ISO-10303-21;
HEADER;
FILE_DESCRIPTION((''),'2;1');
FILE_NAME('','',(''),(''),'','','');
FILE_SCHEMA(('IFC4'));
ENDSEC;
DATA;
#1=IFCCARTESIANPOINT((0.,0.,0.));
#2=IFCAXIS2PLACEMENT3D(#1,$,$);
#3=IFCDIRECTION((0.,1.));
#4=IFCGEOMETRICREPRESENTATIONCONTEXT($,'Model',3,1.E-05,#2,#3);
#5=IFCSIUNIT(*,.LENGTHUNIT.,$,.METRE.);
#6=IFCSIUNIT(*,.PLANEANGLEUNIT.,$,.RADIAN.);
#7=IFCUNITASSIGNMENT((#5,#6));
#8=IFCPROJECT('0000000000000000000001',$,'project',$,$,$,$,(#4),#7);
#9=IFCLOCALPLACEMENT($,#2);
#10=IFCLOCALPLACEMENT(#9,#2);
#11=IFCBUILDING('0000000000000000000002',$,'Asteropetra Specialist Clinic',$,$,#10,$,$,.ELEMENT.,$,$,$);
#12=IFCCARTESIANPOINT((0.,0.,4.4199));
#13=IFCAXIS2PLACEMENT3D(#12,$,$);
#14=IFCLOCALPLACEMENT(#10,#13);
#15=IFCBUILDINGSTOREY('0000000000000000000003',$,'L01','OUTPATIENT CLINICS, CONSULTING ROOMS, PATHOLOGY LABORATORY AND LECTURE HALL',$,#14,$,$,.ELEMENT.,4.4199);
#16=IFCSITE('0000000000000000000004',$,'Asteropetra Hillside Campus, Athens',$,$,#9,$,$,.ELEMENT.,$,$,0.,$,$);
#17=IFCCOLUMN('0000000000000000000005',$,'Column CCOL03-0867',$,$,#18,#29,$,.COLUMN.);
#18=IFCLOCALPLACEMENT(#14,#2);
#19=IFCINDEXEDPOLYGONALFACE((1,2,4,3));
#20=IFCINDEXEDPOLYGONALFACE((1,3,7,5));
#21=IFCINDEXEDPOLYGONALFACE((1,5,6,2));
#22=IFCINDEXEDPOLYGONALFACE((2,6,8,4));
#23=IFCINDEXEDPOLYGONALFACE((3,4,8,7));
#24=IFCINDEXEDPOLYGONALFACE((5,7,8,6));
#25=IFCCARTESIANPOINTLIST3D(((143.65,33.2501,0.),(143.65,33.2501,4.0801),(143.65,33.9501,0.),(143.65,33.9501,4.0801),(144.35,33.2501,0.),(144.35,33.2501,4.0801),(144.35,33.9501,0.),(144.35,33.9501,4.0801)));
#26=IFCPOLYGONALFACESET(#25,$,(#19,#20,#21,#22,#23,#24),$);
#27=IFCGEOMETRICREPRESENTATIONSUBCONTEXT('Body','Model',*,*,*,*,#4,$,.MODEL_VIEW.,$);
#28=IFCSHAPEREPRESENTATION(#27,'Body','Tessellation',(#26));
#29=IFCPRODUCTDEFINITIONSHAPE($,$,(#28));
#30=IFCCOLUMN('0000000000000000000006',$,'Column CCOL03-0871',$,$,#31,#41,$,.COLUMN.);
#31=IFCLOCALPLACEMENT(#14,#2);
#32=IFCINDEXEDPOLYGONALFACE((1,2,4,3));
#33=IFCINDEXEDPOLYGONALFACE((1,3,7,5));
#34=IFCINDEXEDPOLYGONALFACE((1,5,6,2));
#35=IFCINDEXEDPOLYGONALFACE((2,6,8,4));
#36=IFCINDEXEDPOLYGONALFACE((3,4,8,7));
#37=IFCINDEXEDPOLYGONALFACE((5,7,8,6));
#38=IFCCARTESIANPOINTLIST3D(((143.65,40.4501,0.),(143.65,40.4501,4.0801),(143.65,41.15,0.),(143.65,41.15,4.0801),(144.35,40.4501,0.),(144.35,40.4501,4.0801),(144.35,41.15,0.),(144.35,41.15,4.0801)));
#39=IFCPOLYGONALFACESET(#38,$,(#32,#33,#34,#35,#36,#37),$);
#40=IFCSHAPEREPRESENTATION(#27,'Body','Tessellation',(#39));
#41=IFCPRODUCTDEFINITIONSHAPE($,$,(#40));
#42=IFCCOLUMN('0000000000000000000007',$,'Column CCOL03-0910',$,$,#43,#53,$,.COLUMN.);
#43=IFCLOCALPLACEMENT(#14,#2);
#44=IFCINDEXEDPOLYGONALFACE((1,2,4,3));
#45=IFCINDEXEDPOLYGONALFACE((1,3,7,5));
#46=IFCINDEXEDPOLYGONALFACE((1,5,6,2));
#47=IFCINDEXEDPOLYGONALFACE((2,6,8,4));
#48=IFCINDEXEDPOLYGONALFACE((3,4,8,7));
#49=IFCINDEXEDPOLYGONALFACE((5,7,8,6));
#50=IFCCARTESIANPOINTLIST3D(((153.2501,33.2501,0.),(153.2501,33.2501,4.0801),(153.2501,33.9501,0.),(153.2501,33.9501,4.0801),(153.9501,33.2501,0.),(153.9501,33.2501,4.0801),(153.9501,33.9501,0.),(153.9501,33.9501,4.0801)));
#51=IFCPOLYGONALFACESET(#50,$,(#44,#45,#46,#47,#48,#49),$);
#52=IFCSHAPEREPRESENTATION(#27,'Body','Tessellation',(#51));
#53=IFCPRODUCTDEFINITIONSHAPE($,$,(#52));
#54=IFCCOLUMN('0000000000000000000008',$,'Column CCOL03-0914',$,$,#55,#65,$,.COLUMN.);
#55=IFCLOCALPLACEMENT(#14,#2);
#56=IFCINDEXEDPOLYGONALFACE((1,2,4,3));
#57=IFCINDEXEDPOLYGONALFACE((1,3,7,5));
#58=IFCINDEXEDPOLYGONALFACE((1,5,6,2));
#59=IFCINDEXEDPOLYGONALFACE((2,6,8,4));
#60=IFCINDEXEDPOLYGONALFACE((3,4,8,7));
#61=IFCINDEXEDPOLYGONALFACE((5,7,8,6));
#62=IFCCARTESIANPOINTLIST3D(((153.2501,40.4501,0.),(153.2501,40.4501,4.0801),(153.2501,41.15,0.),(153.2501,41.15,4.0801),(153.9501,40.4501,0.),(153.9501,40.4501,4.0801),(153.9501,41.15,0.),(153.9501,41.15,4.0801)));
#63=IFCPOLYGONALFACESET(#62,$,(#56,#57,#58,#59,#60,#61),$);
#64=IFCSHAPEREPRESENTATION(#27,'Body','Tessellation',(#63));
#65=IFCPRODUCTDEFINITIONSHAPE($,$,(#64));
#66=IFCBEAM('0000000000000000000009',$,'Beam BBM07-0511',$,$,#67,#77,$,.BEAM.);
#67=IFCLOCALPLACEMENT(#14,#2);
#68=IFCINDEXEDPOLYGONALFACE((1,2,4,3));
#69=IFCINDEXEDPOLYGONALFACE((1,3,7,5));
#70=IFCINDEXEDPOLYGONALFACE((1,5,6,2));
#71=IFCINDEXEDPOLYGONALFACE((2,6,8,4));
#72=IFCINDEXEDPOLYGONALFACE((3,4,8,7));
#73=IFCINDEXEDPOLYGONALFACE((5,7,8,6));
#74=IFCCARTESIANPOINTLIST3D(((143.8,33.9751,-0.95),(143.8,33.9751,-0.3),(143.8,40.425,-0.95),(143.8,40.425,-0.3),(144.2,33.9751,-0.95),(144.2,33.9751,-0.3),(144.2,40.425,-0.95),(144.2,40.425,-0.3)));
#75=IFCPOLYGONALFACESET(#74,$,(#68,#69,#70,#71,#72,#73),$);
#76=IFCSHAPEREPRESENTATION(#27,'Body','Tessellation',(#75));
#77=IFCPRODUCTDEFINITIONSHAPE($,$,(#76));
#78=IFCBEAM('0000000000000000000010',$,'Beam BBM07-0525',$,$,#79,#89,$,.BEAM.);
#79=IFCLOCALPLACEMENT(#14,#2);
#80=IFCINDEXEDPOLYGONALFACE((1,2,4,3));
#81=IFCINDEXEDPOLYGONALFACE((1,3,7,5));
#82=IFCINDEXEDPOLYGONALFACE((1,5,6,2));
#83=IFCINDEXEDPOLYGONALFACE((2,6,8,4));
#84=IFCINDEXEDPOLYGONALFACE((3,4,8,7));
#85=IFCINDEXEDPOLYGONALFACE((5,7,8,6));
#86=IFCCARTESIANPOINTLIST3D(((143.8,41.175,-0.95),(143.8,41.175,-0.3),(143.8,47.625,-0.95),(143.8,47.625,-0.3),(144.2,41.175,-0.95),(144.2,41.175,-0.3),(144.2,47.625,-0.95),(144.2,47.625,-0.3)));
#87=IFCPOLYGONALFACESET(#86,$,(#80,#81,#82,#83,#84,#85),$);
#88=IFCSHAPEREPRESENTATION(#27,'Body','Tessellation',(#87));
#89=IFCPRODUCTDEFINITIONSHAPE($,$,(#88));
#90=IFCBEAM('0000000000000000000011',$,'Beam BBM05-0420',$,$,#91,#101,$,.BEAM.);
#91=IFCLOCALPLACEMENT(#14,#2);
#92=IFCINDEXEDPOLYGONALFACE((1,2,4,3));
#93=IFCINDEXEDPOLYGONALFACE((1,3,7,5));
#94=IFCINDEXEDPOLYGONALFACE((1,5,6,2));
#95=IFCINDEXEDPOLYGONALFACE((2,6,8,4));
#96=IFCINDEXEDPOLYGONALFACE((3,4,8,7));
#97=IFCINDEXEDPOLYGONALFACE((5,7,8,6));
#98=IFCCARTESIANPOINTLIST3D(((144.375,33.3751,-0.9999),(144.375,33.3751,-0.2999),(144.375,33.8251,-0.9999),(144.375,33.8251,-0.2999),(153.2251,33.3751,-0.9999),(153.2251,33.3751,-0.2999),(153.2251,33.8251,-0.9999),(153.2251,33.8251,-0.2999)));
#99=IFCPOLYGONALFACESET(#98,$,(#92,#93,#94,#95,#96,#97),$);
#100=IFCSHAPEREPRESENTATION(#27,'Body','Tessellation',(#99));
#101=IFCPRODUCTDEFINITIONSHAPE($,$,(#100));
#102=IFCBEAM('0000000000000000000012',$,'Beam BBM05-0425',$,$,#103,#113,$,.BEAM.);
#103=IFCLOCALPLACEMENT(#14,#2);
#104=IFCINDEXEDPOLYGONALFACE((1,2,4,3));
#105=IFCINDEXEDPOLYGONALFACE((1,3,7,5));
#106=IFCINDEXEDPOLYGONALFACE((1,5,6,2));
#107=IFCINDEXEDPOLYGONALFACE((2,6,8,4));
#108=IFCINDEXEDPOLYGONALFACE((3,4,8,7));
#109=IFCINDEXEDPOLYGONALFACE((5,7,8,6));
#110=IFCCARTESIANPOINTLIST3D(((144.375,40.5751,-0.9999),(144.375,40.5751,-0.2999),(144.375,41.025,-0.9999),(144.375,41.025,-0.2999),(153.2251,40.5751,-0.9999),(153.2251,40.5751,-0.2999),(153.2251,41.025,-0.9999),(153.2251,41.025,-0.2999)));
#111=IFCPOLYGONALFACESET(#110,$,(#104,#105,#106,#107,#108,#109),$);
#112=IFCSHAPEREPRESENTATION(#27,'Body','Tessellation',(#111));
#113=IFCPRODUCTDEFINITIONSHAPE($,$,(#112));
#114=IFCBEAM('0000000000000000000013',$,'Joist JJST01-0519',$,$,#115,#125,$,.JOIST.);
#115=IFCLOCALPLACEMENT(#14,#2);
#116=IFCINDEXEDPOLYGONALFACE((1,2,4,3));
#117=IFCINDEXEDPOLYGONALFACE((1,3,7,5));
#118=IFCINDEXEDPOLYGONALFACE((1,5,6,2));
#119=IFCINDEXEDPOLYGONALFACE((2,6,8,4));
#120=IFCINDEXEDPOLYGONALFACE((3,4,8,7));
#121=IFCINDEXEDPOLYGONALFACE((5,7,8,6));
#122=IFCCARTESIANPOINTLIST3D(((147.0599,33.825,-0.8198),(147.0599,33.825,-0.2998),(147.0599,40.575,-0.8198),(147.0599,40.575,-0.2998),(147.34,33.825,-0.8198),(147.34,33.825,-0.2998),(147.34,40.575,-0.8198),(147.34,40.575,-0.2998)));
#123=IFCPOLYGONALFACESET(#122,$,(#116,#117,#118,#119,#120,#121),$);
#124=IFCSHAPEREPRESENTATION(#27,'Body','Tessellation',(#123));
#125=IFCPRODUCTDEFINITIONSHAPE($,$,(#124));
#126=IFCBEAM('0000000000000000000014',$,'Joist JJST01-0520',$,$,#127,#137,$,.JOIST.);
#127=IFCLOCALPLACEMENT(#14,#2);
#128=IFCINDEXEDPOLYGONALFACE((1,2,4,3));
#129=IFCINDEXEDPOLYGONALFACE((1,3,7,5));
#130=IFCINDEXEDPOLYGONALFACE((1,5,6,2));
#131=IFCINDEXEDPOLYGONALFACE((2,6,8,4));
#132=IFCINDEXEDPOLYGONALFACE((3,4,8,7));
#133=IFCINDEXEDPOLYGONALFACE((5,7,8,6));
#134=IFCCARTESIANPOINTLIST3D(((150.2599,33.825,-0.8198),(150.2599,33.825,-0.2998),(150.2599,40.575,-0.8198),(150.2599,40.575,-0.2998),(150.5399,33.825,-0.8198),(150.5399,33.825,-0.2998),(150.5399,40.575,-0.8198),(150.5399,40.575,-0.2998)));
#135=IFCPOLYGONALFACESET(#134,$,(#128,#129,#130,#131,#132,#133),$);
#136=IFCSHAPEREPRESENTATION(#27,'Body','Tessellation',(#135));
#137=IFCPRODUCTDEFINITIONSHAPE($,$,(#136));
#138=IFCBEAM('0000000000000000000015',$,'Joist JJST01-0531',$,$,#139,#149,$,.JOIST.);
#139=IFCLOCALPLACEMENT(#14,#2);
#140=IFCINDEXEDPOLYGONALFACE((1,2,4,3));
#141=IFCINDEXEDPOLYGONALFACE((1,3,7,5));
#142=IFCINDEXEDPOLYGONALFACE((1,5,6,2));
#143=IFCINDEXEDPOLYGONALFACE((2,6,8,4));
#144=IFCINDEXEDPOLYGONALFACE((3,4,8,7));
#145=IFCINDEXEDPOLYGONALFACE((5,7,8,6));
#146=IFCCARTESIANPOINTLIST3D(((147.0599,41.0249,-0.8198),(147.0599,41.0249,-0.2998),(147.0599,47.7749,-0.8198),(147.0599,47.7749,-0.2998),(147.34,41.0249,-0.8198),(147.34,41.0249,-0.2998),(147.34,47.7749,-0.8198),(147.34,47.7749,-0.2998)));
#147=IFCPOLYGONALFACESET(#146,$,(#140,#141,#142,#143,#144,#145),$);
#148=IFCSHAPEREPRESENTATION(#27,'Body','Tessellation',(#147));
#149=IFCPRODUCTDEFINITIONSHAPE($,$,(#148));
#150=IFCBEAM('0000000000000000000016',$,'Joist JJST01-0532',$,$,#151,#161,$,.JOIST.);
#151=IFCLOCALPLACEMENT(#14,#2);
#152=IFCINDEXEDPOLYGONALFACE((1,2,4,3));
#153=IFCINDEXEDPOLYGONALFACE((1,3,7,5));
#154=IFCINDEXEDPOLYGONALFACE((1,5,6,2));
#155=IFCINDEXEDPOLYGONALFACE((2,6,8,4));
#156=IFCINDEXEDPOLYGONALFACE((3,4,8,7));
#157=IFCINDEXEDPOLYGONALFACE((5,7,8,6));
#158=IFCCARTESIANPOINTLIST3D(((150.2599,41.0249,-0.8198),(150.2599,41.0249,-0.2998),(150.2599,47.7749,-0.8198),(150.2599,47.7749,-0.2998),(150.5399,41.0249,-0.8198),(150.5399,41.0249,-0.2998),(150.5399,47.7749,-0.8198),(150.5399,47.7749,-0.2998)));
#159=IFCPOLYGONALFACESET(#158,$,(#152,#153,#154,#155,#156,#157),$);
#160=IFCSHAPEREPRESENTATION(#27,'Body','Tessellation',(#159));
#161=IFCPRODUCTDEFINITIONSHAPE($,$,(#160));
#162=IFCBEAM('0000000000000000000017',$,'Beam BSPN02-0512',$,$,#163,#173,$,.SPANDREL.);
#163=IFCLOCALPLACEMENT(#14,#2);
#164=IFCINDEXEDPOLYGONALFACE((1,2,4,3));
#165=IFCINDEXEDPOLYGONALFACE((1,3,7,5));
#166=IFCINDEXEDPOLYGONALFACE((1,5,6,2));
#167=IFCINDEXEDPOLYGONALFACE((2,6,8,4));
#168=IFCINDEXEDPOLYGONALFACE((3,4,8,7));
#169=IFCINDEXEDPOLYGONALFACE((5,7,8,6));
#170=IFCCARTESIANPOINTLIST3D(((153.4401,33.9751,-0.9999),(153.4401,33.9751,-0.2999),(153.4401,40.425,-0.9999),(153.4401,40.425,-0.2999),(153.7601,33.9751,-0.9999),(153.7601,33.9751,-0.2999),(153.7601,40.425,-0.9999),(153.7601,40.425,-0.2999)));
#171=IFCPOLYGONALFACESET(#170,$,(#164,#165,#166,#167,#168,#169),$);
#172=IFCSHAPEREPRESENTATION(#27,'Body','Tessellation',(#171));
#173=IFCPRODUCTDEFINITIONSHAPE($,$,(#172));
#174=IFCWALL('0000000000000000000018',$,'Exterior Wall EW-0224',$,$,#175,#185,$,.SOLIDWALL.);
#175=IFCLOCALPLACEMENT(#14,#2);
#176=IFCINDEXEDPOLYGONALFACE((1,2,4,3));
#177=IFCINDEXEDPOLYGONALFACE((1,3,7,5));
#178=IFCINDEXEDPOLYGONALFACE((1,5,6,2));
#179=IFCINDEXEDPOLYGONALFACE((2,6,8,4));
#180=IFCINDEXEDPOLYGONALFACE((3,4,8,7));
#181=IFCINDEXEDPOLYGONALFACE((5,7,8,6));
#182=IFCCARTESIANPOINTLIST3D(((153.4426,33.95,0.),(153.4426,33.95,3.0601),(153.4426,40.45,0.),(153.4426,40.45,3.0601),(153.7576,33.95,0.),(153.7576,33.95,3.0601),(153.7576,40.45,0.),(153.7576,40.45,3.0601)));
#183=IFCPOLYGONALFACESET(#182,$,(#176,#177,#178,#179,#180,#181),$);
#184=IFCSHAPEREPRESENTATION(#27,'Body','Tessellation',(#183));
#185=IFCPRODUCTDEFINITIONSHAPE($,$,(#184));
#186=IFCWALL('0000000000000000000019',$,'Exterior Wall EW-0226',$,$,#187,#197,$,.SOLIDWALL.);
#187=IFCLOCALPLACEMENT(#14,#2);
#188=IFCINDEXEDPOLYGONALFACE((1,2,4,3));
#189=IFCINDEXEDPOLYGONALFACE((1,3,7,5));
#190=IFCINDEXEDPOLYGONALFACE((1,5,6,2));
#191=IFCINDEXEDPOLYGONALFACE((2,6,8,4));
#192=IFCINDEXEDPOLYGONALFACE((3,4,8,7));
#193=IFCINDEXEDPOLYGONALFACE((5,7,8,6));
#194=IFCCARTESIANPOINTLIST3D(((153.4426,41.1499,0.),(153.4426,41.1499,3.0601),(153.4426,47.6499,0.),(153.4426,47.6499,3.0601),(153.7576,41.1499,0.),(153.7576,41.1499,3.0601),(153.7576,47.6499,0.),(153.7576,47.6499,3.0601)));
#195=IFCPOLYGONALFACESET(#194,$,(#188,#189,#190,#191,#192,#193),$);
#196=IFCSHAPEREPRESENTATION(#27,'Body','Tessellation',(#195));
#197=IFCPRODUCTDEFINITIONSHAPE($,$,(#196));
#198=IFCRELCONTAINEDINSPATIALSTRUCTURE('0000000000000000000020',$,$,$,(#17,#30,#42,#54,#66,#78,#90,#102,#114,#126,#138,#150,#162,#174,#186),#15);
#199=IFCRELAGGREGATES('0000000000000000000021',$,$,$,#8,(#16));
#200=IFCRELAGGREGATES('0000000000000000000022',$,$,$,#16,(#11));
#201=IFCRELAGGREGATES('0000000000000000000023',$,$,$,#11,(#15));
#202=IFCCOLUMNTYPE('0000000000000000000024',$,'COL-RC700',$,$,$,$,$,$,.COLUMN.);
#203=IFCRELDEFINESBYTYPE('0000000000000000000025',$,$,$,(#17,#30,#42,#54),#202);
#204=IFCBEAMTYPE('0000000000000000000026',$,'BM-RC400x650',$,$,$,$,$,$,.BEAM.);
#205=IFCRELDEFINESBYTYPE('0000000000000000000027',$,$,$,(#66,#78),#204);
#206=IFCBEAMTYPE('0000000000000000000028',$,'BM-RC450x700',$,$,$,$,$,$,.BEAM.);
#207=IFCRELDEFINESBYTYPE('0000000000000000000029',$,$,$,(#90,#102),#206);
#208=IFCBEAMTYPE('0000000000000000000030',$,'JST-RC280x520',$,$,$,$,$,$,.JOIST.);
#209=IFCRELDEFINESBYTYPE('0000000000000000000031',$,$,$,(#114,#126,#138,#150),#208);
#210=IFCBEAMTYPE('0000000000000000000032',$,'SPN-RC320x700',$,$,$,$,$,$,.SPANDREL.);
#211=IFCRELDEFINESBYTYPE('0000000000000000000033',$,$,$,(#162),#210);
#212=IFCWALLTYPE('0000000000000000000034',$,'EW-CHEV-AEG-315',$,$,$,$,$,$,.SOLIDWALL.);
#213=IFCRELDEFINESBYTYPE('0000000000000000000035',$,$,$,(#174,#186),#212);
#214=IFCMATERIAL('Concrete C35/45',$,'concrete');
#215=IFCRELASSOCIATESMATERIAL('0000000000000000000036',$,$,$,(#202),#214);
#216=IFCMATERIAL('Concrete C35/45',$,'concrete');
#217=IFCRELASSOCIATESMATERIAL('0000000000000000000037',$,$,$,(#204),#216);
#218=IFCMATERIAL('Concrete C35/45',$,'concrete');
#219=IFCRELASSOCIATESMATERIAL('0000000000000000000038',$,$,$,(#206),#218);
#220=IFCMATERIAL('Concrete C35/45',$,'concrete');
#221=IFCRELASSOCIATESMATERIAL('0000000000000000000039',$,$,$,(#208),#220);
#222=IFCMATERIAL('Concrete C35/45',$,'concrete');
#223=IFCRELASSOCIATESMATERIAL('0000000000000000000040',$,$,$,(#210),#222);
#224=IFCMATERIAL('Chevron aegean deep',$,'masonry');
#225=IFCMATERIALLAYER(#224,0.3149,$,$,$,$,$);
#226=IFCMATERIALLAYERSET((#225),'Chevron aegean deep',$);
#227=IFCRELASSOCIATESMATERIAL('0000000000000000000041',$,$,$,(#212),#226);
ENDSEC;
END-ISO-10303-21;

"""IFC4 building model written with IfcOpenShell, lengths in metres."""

from ifc_helpers import new_model, si_unit, direction, frame, frame_2d, origin, origin_2d, place, context, subcontext, project, spatial, rectangle, extrude, material, layer, layer_set, material_profile, profile_set, type_object, element, save


model = new_model("IFC4")

# Units and contexts
model_context = context("Model", 3, precision=1e-05, world=origin(), true_north=direction((0.0, 1.0)))
body_context = subcontext(model_context, "Body", "Model", "MODEL_VIEW")
ifc_project = project(units=[si_unit("LENGTHUNIT", "METRE"), si_unit("PLANEANGLEUNIT", "RADIAN")], contexts=[model_context])

# Site, building, storey
site_placement = place(None, origin())
site = spatial("IfcSite", under=ifc_project, at=site_placement, Name="Asteropetra Hillside Campus, Athens", CompositionType="ELEMENT", RefElevation=0.0)
building_placement = place(site_placement, origin())
building = spatial("IfcBuilding", under=site, at=building_placement, Name="Asteropetra Specialist Clinic", CompositionType="ELEMENT")
storey_placement = place(building_placement, frame((0.0, 0.0, 4.4199)))
storey = spatial("IfcBuildingStorey", under=building, at=storey_placement, Name="L01", Description="OUTPATIENT CLINICS, CONSULTING ROOMS, PATHOLOGY LABORATORY AND LECTURE HALL", CompositionType="ELEMENT", Elevation=4.4199)

# Columns
ifc_material_1 = material(Name="Concrete C35/45", Category="concrete")
ifc_material_profile_1 = material_profile(ifc_material_1, rectangle(XDim=0.7, YDim=0.7, at=origin_2d()), Name="RC 700x700")
ifc_profile_set_1 = profile_set([ifc_material_profile_1], Name="Concrete C35/45")
column_type = type_object("IfcColumnType", Name="COL-RC700", PredefinedType="COLUMN", material=ifc_profile_set_1)
for number, where, z_axis, x_axis, name in (
    (1, (144.0, 33.6001, 0.0), (0.0, 0.0, 1.0), (1.0, 0.0, 0.0), "Column CCOL03-0867"),
    (2, (144.0, 40.8, 0.0), (0.0, 0.0, 1.0), (1.0, 0.0, 0.0), "Column CCOL03-0871"),
    (3, (153.6001, 33.6001, 0.0), (0.0, 0.0, 1.0), (1.0, 0.0, 0.0), "Column CCOL03-0910"),
    (4, (153.6001, 40.8, 0.0), (0.0, 0.0, 1.0), (1.0, 0.0, 0.0), "Column CCOL03-0914"),
):
    element("IfcColumn", number, at=place(storey_placement, frame(where, z_axis=z_axis, x_axis=x_axis)), inside=storey, type_object=column_type, Name=name, PredefinedType="COLUMN", context=body_context, shape_type="SweptSolid", body=[
        extrude(rectangle(XDim=0.7, YDim=0.7, at=origin_2d()), origin(), (0.0, 0.0, 1.0), 4.0801),
    ])

# Beams
ifc_material_2 = material(Name="Concrete C35/45", Category="concrete")
ifc_material_profile_2 = material_profile(ifc_material_2, rectangle(XDim=0.3999, YDim=0.6499, at=origin_2d()), Name="RCB 400x650")
ifc_profile_set_2 = profile_set([ifc_material_profile_2], Name="Concrete C35/45")
beam_type_1 = type_object("IfcBeamType", Name="BM-RC400x650", PredefinedType="BEAM", material=ifc_profile_set_2)
for number, where, z_axis, x_axis, name in (
    (5, (144.0, 33.9751, -0.625), (0.0, 1.0, 0.0), (-1.0, 0.0, 0.0), "Beam BBM07-0511"),
    (6, (144.0, 41.175, -0.625), (0.0, 1.0, 0.0), (-1.0, 0.0, 0.0), "Beam BBM07-0525"),
):
    element("IfcBeam", number, at=place(storey_placement, frame(where, z_axis=z_axis, x_axis=x_axis)), inside=storey, type_object=beam_type_1, Name=name, PredefinedType="BEAM", context=body_context, shape_type="SweptSolid", body=[
        extrude(rectangle(XDim=0.3999, YDim=0.6499, at=origin_2d()), origin(), (0.0, 0.0, 1.0), 6.45),
    ])
ifc_material_3 = material(Name="Concrete C35/45", Category="concrete")
ifc_material_profile_3 = material_profile(ifc_material_3, rectangle(XDim=0.45, YDim=0.7, at=origin_2d()), Name="RCB 450x700")
ifc_profile_set_3 = profile_set([ifc_material_profile_3], Name="Concrete C35/45")
beam_type_2 = type_object("IfcBeamType", Name="BM-RC450x700", PredefinedType="BEAM", material=ifc_profile_set_3)
for number, where, z_axis, x_axis, name in (
    (7, (144.375, 33.6001, -0.6499), (1.0, 0.0, 0.0), (0.0, 1.0, 0.0), "Beam BBM05-0420"),
    (8, (144.375, 40.8, -0.6499), (1.0, 0.0, 0.0), (0.0, 1.0, 0.0), "Beam BBM05-0425"),
):
    element("IfcBeam", number, at=place(storey_placement, frame(where, z_axis=z_axis, x_axis=x_axis)), inside=storey, type_object=beam_type_2, Name=name, PredefinedType="BEAM", context=body_context, shape_type="SweptSolid", body=[
        extrude(rectangle(XDim=0.45, YDim=0.7, at=origin_2d()), origin(), (0.0, 0.0, 1.0), 8.8501),
    ])
ifc_material_4 = material(Name="Concrete C35/45", Category="concrete")
ifc_material_profile_4 = material_profile(ifc_material_4, rectangle(XDim=0.28, YDim=0.52, at=origin_2d()), Name="RCJ 280x520")
ifc_profile_set_4 = profile_set([ifc_material_profile_4], Name="Concrete C35/45")
beam_type_3 = type_object("IfcBeamType", Name="JST-RC280x520", PredefinedType="JOIST", material=ifc_profile_set_4)
for number, where, z_axis, x_axis, name in (
    (9, (147.2, 33.825, -0.5598), (0.0, 1.0, 0.0), (-1.0, 0.0, 0.0), "Joist JJST01-0519"),
    (10, (150.3999, 33.825, -0.5598), (0.0, 1.0, 0.0), (-1.0, 0.0, 0.0), "Joist JJST01-0520"),
    (11, (147.2, 41.0249, -0.5598), (0.0, 1.0, 0.0), (-1.0, 0.0, 0.0), "Joist JJST01-0531"),
    (12, (150.3999, 41.0249, -0.5598), (0.0, 1.0, 0.0), (-1.0, 0.0, 0.0), "Joist JJST01-0532"),
):
    element("IfcBeam", number, at=place(storey_placement, frame(where, z_axis=z_axis, x_axis=x_axis)), inside=storey, type_object=beam_type_3, Name=name, PredefinedType="JOIST", context=body_context, shape_type="SweptSolid", body=[
        extrude(rectangle(XDim=0.28, YDim=0.52, at=origin_2d()), origin(), (0.0, 0.0, 1.0), 6.75),
    ])
ifc_material_5 = material(Name="Concrete C35/45", Category="concrete")
ifc_material_profile_5 = material_profile(ifc_material_5, rectangle(XDim=0.3201, YDim=0.7, at=origin_2d()), Name="RCS 320x700")
ifc_profile_set_5 = profile_set([ifc_material_profile_5], Name="Concrete C35/45")
beam_type_4 = type_object("IfcBeamType", Name="SPN-RC320x700", PredefinedType="SPANDREL", material=ifc_profile_set_5)
beam_placement = place(storey_placement, frame((153.6001, 33.9751, -0.6499), z_axis=(0.0, 1.0, 0.0), x_axis=(-1.0, 0.0, 0.0)))
element("IfcBeam", 13, at=beam_placement, inside=storey, type_object=beam_type_4, Name="Beam BSPN02-0512", PredefinedType="SPANDREL", context=body_context, shape_type="SweptSolid", body=[
    extrude(rectangle(XDim=0.3201, YDim=0.7, at=origin_2d()), origin(), (0.0, 0.0, 1.0), 6.45),
])

# Walls
ifc_material_6 = material(Name="Chevron aegean deep", Category="masonry")
ifc_layer_1 = layer(ifc_material_6, 0.3149)
ifc_layer_set_1 = layer_set([ifc_layer_1], Name="Chevron aegean deep")
wall_type_1 = type_object("IfcWallType", Name="EW-CHEV-AEG-315", PredefinedType="SOLIDWALL", material=ifc_layer_set_1)
for number, where, z_axis, x_axis, name in (
    (14, (153.6001, 33.95, 0.0), (0.0, 0.0, 1.0), (0.0, 1.0, 0.0), "Exterior Wall EW-0224"),
    (15, (153.6001, 41.1499, 0.0), (0.0, 0.0, 1.0), (0.0, 1.0, 0.0), "Exterior Wall EW-0226"),
):
    element("IfcWall", number, at=place(storey_placement, frame(where, z_axis=z_axis, x_axis=x_axis)), inside=storey, type_object=wall_type_1, Name=name, PredefinedType="SOLIDWALL", context=body_context, shape_type="SweptSolid", body=[
        extrude(rectangle(XDim=6.5, YDim=0.3149, at=frame_2d((3.25, 0.0))), origin(), (0.0, 0.0, 1.0), 3.0601),
    ])

save(model, "model.ifc")
